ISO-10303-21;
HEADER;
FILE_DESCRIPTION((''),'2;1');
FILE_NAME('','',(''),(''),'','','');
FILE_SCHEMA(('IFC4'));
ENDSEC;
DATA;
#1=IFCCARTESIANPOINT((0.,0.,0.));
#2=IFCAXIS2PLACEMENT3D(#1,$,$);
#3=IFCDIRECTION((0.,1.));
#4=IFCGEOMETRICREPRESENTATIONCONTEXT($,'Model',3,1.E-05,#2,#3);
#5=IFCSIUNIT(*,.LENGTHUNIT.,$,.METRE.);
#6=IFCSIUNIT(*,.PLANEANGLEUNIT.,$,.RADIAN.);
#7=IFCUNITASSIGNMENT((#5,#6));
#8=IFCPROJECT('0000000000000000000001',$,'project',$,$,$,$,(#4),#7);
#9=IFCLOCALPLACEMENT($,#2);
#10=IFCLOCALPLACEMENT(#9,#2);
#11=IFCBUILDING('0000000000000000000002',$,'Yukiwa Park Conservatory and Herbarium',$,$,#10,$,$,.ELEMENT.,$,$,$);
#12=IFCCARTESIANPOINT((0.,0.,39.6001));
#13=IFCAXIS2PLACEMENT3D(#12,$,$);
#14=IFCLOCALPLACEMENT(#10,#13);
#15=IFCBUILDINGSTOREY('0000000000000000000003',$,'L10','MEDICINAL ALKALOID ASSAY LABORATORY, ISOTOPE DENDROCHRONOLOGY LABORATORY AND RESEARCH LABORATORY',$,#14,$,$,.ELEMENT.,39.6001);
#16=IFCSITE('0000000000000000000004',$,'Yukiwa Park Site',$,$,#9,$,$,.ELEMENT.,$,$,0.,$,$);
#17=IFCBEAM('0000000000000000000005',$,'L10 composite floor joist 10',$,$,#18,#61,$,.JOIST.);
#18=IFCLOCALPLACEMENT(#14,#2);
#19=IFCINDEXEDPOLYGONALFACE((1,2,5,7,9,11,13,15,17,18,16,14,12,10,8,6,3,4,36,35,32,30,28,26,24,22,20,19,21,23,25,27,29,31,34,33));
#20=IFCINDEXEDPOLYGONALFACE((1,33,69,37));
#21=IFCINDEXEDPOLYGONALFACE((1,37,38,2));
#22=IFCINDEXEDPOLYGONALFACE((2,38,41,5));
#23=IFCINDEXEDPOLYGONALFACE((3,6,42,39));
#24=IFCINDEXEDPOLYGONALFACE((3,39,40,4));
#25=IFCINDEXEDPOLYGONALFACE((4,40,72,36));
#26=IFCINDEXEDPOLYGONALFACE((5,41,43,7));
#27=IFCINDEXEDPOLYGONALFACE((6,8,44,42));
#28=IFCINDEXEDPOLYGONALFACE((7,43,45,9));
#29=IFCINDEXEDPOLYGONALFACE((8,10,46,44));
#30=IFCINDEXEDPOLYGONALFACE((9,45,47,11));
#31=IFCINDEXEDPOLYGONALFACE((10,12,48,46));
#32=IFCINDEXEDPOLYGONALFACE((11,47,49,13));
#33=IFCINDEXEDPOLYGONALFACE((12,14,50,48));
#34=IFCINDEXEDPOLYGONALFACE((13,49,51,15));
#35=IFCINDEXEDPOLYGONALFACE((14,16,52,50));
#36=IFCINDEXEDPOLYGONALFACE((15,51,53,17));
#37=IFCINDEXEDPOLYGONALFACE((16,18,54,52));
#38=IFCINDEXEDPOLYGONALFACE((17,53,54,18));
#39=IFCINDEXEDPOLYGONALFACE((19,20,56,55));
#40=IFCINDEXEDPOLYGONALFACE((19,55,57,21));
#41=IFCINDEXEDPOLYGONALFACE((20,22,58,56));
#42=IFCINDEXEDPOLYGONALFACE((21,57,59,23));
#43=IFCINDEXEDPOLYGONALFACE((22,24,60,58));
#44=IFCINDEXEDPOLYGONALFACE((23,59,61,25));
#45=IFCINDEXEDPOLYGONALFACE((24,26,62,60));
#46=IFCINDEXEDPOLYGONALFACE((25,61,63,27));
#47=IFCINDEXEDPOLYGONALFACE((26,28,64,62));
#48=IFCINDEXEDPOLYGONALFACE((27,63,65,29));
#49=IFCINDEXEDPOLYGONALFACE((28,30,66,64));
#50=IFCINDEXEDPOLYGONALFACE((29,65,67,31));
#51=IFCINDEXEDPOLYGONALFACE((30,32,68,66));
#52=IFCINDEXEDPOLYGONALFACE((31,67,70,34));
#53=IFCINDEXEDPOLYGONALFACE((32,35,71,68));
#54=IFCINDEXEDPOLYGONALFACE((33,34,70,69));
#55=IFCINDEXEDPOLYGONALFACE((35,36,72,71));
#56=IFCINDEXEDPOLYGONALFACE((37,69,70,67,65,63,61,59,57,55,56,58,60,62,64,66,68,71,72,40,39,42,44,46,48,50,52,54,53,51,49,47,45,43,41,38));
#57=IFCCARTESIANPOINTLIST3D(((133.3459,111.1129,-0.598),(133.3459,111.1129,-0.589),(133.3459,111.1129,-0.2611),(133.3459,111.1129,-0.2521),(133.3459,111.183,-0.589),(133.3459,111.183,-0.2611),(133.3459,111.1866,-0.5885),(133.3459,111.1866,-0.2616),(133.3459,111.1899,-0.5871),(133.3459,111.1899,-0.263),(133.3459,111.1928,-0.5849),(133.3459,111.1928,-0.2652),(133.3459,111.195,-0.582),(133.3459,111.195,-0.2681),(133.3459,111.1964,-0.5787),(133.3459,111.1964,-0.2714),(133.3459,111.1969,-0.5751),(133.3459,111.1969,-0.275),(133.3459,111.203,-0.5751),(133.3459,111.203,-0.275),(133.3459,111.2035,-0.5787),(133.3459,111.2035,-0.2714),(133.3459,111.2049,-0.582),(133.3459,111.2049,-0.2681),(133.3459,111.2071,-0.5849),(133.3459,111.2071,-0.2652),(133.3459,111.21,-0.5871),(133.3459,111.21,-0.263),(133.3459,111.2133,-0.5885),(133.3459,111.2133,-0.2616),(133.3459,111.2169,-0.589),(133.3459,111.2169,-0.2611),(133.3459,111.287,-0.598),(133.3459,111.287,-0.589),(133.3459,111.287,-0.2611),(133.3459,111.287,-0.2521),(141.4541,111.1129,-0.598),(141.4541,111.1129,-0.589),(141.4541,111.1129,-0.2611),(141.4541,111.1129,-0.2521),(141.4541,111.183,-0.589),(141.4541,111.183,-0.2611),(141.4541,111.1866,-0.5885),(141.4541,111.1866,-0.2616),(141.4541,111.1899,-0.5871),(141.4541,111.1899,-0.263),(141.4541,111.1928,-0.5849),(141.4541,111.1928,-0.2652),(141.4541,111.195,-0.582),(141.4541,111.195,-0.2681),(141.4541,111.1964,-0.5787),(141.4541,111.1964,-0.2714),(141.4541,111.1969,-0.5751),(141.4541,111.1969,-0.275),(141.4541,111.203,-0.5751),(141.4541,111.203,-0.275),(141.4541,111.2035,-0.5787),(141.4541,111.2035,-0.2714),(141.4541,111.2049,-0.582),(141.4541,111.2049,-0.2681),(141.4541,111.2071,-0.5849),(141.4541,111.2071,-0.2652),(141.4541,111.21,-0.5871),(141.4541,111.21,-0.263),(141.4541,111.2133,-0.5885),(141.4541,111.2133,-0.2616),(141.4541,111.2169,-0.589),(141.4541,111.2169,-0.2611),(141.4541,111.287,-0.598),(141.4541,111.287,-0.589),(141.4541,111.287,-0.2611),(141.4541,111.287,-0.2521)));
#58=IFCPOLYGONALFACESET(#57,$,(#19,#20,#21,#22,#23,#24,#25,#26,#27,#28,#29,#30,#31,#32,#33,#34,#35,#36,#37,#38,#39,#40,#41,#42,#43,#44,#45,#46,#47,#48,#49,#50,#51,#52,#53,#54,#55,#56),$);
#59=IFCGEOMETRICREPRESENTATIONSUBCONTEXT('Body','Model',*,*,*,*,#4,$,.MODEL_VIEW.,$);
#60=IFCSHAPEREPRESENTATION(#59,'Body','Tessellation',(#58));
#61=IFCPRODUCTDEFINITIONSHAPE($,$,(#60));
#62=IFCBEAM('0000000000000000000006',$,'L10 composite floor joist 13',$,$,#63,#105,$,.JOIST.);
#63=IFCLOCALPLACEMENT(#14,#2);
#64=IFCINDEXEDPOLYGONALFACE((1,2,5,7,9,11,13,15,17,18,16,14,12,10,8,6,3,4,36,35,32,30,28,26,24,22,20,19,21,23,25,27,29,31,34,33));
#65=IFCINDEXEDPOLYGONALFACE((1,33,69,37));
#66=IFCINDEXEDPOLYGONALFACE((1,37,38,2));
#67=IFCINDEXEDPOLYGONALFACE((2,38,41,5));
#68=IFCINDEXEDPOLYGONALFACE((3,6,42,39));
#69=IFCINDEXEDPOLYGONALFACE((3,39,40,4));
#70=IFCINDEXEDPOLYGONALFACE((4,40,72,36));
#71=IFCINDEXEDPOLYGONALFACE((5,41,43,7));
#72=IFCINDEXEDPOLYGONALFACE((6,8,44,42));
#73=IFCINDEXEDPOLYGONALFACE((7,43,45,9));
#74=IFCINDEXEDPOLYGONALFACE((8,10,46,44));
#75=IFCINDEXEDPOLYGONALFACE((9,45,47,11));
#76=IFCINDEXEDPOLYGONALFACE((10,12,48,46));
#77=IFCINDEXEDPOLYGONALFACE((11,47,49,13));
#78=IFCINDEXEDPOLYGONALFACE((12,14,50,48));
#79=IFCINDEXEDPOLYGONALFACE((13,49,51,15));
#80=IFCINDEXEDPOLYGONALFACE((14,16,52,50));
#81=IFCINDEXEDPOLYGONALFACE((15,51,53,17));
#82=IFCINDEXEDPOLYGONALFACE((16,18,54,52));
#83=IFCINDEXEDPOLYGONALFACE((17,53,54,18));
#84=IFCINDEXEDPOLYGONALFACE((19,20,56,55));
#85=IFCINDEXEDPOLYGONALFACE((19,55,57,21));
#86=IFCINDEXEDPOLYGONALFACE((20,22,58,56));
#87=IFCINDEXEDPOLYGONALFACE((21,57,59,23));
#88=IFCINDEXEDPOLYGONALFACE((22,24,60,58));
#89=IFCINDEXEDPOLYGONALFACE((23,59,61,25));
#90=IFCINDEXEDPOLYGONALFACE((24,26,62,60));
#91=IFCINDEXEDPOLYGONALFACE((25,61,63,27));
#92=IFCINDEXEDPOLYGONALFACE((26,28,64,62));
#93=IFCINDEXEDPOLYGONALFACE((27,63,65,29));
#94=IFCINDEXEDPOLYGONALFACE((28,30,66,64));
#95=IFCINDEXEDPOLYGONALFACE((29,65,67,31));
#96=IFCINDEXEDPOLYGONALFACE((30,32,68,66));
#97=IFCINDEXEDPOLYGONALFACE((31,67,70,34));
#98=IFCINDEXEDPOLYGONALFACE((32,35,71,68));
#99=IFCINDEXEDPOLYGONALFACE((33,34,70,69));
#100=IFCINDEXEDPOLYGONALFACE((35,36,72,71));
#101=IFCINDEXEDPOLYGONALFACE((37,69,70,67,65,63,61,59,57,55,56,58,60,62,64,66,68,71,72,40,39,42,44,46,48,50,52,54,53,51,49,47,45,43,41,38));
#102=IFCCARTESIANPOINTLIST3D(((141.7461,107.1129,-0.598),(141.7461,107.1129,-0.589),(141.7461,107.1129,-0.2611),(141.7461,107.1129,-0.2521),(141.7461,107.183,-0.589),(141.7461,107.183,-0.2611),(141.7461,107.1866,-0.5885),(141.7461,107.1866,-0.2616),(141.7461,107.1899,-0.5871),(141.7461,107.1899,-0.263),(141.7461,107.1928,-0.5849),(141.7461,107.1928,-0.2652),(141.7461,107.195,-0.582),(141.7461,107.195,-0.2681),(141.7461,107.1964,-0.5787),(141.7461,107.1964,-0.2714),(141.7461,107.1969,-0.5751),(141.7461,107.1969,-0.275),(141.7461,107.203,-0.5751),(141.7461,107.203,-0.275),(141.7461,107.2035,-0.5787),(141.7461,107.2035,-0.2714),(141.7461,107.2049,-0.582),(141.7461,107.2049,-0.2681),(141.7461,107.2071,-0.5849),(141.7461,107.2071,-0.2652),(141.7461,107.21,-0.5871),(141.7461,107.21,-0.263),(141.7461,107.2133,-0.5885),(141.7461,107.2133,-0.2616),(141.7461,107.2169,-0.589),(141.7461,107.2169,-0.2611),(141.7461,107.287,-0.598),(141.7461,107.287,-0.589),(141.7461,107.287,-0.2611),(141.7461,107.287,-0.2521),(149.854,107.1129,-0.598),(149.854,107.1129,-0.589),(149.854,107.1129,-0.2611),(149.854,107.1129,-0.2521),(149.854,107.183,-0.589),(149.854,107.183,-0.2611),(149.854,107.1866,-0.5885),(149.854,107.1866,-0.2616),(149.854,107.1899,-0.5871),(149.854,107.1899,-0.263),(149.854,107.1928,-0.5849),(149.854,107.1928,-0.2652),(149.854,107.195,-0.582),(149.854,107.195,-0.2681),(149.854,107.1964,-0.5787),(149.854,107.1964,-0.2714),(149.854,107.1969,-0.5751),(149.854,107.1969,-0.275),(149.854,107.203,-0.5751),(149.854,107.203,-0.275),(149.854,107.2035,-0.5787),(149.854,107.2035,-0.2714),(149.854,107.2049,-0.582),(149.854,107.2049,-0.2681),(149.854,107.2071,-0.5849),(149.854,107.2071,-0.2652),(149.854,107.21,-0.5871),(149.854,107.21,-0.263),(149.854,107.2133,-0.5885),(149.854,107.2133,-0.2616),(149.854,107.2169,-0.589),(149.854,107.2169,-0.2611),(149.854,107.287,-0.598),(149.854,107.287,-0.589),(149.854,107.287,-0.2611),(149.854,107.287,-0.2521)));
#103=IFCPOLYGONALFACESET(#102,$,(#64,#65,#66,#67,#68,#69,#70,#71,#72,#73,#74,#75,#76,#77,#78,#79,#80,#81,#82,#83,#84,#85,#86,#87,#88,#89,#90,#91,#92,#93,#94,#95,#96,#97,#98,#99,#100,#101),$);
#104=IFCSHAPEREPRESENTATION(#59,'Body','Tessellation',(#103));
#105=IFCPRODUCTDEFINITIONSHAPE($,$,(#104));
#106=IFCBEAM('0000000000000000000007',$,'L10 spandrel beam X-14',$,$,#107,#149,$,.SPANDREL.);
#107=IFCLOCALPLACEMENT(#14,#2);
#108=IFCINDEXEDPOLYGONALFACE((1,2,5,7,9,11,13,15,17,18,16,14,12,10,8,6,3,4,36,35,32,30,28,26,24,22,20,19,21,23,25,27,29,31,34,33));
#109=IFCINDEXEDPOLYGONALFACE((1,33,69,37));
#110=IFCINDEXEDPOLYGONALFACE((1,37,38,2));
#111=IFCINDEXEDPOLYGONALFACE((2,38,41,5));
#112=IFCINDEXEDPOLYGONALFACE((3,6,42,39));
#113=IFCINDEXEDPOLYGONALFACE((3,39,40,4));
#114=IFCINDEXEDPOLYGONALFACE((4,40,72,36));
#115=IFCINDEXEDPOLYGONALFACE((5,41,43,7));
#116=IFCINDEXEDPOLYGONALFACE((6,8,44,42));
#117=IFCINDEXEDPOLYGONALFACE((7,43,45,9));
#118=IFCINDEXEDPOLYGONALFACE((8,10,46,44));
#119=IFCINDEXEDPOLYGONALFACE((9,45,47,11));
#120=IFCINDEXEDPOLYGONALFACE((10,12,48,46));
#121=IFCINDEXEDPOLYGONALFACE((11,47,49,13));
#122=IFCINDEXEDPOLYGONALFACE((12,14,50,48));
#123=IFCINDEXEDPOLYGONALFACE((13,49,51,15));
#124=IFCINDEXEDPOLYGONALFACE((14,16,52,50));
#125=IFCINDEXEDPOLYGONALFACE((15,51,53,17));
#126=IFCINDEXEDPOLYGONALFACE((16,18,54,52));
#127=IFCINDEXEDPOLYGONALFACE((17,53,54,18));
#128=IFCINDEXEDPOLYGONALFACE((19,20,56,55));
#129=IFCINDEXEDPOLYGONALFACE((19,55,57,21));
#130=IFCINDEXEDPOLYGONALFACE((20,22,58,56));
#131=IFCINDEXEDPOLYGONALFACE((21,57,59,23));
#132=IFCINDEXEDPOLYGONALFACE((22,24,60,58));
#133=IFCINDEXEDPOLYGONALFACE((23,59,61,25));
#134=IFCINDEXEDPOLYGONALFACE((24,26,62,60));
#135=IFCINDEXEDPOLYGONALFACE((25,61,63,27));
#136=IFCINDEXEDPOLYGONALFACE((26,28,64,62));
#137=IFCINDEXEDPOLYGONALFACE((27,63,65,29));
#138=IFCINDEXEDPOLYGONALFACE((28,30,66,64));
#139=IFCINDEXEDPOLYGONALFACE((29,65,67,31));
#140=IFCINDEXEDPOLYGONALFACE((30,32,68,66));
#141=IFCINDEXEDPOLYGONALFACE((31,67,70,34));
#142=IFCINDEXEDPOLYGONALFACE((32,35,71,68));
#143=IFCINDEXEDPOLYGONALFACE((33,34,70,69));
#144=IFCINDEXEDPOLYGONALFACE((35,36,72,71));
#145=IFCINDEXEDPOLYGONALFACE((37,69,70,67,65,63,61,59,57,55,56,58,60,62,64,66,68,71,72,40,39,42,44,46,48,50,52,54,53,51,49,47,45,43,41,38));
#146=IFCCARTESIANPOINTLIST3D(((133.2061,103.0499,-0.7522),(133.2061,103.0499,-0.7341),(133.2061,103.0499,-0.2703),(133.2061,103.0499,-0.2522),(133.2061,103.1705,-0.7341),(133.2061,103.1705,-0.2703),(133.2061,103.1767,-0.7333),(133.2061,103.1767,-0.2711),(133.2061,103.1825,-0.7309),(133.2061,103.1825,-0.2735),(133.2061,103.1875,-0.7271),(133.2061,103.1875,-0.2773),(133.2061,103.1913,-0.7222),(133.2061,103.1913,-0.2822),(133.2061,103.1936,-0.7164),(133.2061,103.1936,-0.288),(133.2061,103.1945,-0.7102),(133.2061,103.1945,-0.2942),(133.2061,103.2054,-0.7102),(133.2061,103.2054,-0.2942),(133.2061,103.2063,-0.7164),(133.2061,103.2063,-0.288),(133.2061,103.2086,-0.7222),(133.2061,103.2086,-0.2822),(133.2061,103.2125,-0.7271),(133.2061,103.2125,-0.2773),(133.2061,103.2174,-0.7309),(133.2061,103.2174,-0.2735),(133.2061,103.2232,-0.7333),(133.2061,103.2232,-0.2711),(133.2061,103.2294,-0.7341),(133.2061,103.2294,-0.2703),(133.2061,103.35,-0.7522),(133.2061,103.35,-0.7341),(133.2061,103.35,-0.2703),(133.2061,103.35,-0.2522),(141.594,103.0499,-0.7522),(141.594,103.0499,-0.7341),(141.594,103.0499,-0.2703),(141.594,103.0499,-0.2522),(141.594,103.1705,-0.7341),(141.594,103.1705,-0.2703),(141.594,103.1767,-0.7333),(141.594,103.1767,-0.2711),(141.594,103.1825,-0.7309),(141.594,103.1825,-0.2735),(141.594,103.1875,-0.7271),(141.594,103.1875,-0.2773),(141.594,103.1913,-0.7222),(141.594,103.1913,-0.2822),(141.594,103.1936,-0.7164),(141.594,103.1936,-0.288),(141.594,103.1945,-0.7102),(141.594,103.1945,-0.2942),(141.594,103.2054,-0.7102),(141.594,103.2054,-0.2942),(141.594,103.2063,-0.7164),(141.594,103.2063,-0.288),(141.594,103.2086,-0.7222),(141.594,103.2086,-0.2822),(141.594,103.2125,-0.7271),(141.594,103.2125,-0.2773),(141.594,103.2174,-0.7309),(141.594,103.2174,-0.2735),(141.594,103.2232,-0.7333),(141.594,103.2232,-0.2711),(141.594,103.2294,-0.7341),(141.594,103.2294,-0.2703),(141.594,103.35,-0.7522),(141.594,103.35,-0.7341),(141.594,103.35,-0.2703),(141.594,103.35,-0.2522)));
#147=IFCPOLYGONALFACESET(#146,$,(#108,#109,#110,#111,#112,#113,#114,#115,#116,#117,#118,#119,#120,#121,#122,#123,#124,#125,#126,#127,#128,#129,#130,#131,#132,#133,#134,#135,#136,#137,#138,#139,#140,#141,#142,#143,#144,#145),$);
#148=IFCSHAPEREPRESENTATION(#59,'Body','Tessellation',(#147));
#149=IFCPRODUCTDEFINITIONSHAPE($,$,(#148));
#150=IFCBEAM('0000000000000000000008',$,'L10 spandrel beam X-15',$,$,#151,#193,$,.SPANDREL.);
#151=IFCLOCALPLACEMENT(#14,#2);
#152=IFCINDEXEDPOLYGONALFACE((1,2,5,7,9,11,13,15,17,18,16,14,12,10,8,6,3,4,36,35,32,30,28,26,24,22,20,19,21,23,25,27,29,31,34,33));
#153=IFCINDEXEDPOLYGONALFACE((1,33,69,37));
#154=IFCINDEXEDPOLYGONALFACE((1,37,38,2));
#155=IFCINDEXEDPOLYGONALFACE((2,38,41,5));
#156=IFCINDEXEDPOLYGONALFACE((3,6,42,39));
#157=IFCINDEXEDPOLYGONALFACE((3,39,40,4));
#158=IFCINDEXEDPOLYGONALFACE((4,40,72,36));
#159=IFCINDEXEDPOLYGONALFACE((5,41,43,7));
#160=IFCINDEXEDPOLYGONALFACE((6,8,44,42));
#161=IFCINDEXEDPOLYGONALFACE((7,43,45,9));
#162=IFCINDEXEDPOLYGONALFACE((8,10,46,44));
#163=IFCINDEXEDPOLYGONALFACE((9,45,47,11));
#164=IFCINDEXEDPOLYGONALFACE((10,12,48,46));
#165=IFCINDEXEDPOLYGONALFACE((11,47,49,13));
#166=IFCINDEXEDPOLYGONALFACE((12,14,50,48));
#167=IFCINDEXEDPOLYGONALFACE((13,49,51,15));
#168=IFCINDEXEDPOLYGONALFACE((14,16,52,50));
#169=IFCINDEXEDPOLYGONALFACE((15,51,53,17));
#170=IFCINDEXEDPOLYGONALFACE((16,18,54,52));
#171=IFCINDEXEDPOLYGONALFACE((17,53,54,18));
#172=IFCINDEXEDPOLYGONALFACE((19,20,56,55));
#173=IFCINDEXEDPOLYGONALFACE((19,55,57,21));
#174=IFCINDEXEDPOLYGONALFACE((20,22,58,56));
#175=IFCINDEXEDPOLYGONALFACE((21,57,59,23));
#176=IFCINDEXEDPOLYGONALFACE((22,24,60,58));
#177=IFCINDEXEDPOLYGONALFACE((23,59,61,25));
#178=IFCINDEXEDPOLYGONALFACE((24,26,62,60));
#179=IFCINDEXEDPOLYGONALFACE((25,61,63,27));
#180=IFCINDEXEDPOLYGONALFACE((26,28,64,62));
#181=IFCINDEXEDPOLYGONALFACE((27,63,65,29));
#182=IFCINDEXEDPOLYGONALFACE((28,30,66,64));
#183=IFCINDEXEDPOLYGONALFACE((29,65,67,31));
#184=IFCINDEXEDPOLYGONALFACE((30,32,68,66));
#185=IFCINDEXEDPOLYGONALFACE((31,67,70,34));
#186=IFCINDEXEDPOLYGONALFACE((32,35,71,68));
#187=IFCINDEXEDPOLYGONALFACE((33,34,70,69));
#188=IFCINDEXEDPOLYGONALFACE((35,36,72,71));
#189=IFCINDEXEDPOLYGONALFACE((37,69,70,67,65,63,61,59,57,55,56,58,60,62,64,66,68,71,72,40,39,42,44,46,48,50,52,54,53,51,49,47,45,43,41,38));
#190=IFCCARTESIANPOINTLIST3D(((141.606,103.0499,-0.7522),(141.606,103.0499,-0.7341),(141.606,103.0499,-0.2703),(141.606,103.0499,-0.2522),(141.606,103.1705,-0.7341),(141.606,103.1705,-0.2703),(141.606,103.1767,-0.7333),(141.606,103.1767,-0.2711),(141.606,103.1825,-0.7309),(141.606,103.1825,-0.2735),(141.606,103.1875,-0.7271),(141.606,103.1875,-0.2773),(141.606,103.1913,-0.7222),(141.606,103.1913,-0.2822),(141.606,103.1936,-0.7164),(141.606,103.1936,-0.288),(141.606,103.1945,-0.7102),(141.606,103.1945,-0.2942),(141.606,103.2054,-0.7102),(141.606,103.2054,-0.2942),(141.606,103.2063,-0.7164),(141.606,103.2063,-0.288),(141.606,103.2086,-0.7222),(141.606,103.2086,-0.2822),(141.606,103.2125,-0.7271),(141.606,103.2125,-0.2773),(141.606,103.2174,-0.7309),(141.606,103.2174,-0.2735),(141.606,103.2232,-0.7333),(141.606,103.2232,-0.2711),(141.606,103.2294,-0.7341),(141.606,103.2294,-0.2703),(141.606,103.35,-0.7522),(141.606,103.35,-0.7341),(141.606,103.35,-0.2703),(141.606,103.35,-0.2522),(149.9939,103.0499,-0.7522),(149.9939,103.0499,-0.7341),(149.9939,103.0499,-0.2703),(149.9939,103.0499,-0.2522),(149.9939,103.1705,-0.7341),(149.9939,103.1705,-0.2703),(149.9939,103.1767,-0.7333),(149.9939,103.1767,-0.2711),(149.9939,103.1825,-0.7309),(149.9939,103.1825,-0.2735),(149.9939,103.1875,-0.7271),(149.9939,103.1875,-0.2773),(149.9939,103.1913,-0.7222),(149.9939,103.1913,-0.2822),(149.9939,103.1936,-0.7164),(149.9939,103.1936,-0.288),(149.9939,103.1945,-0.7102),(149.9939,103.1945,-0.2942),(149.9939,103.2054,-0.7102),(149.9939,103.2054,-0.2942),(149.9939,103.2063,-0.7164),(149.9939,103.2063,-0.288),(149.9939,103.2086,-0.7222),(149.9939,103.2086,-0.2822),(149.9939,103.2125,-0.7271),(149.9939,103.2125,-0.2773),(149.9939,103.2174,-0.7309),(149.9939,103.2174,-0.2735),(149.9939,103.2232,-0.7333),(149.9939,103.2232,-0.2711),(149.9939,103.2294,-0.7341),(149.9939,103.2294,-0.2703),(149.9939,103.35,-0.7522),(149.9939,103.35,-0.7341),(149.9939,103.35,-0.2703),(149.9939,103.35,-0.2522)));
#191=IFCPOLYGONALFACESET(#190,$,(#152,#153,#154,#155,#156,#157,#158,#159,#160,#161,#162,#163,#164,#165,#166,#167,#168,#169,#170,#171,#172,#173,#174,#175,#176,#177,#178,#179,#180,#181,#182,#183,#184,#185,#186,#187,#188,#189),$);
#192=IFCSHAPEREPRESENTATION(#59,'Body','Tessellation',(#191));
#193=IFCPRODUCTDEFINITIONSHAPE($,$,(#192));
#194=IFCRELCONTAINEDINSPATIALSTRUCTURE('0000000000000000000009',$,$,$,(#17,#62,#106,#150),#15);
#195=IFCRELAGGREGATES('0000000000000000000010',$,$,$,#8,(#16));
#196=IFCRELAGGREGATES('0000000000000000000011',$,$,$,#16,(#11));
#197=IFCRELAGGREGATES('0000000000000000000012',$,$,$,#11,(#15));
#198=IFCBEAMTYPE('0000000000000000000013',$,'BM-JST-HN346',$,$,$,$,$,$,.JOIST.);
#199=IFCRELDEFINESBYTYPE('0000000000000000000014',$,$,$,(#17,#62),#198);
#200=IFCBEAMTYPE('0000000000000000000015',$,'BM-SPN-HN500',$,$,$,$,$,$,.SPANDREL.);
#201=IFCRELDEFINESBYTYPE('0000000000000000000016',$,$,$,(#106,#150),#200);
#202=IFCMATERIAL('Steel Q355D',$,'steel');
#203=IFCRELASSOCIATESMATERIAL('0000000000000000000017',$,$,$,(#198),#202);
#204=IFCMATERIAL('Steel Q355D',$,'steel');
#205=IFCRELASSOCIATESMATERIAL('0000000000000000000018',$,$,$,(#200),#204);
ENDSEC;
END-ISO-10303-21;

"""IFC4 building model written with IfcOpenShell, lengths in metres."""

from ifc_helpers import new_model, si_unit, direction, frame, origin, origin_2d, place, context, subcontext, project, spatial, i_section, extrude, material, material_profile, profile_set, type_object, element, save


model = new_model("IFC4")

# Units and contexts
model_context = context("Model", 3, precision=1e-05, world=origin(), true_north=direction((0.0, 1.0)))
body_context = subcontext(model_context, "Body", "Model", "MODEL_VIEW")
ifc_project = project(units=[si_unit("LENGTHUNIT", "METRE"), si_unit("PLANEANGLEUNIT", "RADIAN")], contexts=[model_context])

# Site, building, storey
site_placement = place(None, origin())
site = spatial("IfcSite", under=ifc_project, at=site_placement, Name="Yukiwa Park Site", CompositionType="ELEMENT", RefElevation=0.0)
building_placement = place(site_placement, origin())
building = spatial("IfcBuilding", under=site, at=building_placement, Name="Yukiwa Park Conservatory and Herbarium", CompositionType="ELEMENT")
storey_placement = place(building_placement, frame((0.0, 0.0, 39.6001)))
storey = spatial("IfcBuildingStorey", under=building, at=storey_placement, Name="L10", Description="MEDICINAL ALKALOID ASSAY LABORATORY, ISOTOPE DENDROCHRONOLOGY LABORATORY AND RESEARCH LABORATORY", CompositionType="ELEMENT", Elevation=39.6001)

# Beams
ifc_material_1 = material(Name="Steel Q355D", Category="steel")
ifc_material_profile_1 = material_profile(ifc_material_1, i_section(OverallWidth=0.1741, OverallDepth=0.3459, WebThickness=0.0061, FlangeThickness=0.009, FilletRadius=0.0139, at=origin_2d()), Name="HN 346x174x6x9")
ifc_profile_set_1 = profile_set([ifc_material_profile_1], Name="Steel Q355D")
beam_type_1 = type_object("IfcBeamType", Name="BM-JST-HN346", PredefinedType="JOIST", material=ifc_profile_set_1)
for number, where, z_axis, x_axis, name in (
    (1, (133.3459, 111.2, -0.425), (1.0, 0.0, 0.0), (0.0, 1.0, 0.0), "L10 composite floor joist 10"),
):
    element("IfcBeam", number, at=place(storey_placement, frame(where, z_axis=z_axis, x_axis=x_axis)), inside=storey, type_object=beam_type_1, Name=name, PredefinedType="JOIST", context=body_context, shape_type="SweptSolid", body=[
        extrude(i_section(OverallWidth=0.1741, OverallDepth=0.3459, WebThickness=0.0061, FlangeThickness=0.009, FilletRadius=0.0139, at=origin_2d()), origin(), (0.0, 0.0, 1.0), 8.1082),
    ])
beam_placement = place(storey_placement, frame((141.7461, 107.2, -0.425), z_axis=(1.0, 0.0, 0.0), x_axis=(0.0, 1.0, 0.0)))
element("IfcBeam", 2, at=beam_placement, inside=storey, type_object=beam_type_1, Name="L10 composite floor joist 13", PredefinedType="JOIST", context=body_context, shape_type="SweptSolid", body=[
    extrude(i_section(OverallWidth=0.1741, OverallDepth=0.3459, WebThickness=0.0061, FlangeThickness=0.009, FilletRadius=0.0139, at=origin_2d()), origin(), (0.0, 0.0, 1.0), 8.1079),
])
ifc_material_2 = material(Name="Steel Q355D", Category="steel")
ifc_material_profile_2 = material_profile(ifc_material_2, i_section(OverallWidth=0.3, OverallDepth=0.5, WebThickness=0.011, FlangeThickness=0.0181, FilletRadius=0.0239, at=origin_2d()), Name="HM 500x300x11x18")
ifc_profile_set_2 = profile_set([ifc_material_profile_2], Name="Steel Q355D")
beam_type_2 = type_object("IfcBeamType", Name="BM-SPN-HN500", PredefinedType="SPANDREL", material=ifc_profile_set_2)
for number, where, z_axis, x_axis, name in (
    (3, (133.2061, 103.2, -0.5022), (1.0, 0.0, 0.0), (0.0, 1.0, 0.0), "L10 spandrel beam X-14"),
    (4, (141.606, 103.2, -0.5022), (1.0, 0.0, 0.0), (0.0, 1.0, 0.0), "L10 spandrel beam X-15"),
):
    element("IfcBeam", number, at=place(storey_placement, frame(where, z_axis=z_axis, x_axis=x_axis)), inside=storey, type_object=beam_type_2, Name=name, PredefinedType="SPANDREL", context=body_context, shape_type="SweptSolid", body=[
        extrude(i_section(OverallWidth=0.3, OverallDepth=0.5, WebThickness=0.011, FlangeThickness=0.0181, FilletRadius=0.0239, at=origin_2d()), origin(), (0.0, 0.0, 1.0), 8.3879),
    ])

save(model, "model.ifc")
